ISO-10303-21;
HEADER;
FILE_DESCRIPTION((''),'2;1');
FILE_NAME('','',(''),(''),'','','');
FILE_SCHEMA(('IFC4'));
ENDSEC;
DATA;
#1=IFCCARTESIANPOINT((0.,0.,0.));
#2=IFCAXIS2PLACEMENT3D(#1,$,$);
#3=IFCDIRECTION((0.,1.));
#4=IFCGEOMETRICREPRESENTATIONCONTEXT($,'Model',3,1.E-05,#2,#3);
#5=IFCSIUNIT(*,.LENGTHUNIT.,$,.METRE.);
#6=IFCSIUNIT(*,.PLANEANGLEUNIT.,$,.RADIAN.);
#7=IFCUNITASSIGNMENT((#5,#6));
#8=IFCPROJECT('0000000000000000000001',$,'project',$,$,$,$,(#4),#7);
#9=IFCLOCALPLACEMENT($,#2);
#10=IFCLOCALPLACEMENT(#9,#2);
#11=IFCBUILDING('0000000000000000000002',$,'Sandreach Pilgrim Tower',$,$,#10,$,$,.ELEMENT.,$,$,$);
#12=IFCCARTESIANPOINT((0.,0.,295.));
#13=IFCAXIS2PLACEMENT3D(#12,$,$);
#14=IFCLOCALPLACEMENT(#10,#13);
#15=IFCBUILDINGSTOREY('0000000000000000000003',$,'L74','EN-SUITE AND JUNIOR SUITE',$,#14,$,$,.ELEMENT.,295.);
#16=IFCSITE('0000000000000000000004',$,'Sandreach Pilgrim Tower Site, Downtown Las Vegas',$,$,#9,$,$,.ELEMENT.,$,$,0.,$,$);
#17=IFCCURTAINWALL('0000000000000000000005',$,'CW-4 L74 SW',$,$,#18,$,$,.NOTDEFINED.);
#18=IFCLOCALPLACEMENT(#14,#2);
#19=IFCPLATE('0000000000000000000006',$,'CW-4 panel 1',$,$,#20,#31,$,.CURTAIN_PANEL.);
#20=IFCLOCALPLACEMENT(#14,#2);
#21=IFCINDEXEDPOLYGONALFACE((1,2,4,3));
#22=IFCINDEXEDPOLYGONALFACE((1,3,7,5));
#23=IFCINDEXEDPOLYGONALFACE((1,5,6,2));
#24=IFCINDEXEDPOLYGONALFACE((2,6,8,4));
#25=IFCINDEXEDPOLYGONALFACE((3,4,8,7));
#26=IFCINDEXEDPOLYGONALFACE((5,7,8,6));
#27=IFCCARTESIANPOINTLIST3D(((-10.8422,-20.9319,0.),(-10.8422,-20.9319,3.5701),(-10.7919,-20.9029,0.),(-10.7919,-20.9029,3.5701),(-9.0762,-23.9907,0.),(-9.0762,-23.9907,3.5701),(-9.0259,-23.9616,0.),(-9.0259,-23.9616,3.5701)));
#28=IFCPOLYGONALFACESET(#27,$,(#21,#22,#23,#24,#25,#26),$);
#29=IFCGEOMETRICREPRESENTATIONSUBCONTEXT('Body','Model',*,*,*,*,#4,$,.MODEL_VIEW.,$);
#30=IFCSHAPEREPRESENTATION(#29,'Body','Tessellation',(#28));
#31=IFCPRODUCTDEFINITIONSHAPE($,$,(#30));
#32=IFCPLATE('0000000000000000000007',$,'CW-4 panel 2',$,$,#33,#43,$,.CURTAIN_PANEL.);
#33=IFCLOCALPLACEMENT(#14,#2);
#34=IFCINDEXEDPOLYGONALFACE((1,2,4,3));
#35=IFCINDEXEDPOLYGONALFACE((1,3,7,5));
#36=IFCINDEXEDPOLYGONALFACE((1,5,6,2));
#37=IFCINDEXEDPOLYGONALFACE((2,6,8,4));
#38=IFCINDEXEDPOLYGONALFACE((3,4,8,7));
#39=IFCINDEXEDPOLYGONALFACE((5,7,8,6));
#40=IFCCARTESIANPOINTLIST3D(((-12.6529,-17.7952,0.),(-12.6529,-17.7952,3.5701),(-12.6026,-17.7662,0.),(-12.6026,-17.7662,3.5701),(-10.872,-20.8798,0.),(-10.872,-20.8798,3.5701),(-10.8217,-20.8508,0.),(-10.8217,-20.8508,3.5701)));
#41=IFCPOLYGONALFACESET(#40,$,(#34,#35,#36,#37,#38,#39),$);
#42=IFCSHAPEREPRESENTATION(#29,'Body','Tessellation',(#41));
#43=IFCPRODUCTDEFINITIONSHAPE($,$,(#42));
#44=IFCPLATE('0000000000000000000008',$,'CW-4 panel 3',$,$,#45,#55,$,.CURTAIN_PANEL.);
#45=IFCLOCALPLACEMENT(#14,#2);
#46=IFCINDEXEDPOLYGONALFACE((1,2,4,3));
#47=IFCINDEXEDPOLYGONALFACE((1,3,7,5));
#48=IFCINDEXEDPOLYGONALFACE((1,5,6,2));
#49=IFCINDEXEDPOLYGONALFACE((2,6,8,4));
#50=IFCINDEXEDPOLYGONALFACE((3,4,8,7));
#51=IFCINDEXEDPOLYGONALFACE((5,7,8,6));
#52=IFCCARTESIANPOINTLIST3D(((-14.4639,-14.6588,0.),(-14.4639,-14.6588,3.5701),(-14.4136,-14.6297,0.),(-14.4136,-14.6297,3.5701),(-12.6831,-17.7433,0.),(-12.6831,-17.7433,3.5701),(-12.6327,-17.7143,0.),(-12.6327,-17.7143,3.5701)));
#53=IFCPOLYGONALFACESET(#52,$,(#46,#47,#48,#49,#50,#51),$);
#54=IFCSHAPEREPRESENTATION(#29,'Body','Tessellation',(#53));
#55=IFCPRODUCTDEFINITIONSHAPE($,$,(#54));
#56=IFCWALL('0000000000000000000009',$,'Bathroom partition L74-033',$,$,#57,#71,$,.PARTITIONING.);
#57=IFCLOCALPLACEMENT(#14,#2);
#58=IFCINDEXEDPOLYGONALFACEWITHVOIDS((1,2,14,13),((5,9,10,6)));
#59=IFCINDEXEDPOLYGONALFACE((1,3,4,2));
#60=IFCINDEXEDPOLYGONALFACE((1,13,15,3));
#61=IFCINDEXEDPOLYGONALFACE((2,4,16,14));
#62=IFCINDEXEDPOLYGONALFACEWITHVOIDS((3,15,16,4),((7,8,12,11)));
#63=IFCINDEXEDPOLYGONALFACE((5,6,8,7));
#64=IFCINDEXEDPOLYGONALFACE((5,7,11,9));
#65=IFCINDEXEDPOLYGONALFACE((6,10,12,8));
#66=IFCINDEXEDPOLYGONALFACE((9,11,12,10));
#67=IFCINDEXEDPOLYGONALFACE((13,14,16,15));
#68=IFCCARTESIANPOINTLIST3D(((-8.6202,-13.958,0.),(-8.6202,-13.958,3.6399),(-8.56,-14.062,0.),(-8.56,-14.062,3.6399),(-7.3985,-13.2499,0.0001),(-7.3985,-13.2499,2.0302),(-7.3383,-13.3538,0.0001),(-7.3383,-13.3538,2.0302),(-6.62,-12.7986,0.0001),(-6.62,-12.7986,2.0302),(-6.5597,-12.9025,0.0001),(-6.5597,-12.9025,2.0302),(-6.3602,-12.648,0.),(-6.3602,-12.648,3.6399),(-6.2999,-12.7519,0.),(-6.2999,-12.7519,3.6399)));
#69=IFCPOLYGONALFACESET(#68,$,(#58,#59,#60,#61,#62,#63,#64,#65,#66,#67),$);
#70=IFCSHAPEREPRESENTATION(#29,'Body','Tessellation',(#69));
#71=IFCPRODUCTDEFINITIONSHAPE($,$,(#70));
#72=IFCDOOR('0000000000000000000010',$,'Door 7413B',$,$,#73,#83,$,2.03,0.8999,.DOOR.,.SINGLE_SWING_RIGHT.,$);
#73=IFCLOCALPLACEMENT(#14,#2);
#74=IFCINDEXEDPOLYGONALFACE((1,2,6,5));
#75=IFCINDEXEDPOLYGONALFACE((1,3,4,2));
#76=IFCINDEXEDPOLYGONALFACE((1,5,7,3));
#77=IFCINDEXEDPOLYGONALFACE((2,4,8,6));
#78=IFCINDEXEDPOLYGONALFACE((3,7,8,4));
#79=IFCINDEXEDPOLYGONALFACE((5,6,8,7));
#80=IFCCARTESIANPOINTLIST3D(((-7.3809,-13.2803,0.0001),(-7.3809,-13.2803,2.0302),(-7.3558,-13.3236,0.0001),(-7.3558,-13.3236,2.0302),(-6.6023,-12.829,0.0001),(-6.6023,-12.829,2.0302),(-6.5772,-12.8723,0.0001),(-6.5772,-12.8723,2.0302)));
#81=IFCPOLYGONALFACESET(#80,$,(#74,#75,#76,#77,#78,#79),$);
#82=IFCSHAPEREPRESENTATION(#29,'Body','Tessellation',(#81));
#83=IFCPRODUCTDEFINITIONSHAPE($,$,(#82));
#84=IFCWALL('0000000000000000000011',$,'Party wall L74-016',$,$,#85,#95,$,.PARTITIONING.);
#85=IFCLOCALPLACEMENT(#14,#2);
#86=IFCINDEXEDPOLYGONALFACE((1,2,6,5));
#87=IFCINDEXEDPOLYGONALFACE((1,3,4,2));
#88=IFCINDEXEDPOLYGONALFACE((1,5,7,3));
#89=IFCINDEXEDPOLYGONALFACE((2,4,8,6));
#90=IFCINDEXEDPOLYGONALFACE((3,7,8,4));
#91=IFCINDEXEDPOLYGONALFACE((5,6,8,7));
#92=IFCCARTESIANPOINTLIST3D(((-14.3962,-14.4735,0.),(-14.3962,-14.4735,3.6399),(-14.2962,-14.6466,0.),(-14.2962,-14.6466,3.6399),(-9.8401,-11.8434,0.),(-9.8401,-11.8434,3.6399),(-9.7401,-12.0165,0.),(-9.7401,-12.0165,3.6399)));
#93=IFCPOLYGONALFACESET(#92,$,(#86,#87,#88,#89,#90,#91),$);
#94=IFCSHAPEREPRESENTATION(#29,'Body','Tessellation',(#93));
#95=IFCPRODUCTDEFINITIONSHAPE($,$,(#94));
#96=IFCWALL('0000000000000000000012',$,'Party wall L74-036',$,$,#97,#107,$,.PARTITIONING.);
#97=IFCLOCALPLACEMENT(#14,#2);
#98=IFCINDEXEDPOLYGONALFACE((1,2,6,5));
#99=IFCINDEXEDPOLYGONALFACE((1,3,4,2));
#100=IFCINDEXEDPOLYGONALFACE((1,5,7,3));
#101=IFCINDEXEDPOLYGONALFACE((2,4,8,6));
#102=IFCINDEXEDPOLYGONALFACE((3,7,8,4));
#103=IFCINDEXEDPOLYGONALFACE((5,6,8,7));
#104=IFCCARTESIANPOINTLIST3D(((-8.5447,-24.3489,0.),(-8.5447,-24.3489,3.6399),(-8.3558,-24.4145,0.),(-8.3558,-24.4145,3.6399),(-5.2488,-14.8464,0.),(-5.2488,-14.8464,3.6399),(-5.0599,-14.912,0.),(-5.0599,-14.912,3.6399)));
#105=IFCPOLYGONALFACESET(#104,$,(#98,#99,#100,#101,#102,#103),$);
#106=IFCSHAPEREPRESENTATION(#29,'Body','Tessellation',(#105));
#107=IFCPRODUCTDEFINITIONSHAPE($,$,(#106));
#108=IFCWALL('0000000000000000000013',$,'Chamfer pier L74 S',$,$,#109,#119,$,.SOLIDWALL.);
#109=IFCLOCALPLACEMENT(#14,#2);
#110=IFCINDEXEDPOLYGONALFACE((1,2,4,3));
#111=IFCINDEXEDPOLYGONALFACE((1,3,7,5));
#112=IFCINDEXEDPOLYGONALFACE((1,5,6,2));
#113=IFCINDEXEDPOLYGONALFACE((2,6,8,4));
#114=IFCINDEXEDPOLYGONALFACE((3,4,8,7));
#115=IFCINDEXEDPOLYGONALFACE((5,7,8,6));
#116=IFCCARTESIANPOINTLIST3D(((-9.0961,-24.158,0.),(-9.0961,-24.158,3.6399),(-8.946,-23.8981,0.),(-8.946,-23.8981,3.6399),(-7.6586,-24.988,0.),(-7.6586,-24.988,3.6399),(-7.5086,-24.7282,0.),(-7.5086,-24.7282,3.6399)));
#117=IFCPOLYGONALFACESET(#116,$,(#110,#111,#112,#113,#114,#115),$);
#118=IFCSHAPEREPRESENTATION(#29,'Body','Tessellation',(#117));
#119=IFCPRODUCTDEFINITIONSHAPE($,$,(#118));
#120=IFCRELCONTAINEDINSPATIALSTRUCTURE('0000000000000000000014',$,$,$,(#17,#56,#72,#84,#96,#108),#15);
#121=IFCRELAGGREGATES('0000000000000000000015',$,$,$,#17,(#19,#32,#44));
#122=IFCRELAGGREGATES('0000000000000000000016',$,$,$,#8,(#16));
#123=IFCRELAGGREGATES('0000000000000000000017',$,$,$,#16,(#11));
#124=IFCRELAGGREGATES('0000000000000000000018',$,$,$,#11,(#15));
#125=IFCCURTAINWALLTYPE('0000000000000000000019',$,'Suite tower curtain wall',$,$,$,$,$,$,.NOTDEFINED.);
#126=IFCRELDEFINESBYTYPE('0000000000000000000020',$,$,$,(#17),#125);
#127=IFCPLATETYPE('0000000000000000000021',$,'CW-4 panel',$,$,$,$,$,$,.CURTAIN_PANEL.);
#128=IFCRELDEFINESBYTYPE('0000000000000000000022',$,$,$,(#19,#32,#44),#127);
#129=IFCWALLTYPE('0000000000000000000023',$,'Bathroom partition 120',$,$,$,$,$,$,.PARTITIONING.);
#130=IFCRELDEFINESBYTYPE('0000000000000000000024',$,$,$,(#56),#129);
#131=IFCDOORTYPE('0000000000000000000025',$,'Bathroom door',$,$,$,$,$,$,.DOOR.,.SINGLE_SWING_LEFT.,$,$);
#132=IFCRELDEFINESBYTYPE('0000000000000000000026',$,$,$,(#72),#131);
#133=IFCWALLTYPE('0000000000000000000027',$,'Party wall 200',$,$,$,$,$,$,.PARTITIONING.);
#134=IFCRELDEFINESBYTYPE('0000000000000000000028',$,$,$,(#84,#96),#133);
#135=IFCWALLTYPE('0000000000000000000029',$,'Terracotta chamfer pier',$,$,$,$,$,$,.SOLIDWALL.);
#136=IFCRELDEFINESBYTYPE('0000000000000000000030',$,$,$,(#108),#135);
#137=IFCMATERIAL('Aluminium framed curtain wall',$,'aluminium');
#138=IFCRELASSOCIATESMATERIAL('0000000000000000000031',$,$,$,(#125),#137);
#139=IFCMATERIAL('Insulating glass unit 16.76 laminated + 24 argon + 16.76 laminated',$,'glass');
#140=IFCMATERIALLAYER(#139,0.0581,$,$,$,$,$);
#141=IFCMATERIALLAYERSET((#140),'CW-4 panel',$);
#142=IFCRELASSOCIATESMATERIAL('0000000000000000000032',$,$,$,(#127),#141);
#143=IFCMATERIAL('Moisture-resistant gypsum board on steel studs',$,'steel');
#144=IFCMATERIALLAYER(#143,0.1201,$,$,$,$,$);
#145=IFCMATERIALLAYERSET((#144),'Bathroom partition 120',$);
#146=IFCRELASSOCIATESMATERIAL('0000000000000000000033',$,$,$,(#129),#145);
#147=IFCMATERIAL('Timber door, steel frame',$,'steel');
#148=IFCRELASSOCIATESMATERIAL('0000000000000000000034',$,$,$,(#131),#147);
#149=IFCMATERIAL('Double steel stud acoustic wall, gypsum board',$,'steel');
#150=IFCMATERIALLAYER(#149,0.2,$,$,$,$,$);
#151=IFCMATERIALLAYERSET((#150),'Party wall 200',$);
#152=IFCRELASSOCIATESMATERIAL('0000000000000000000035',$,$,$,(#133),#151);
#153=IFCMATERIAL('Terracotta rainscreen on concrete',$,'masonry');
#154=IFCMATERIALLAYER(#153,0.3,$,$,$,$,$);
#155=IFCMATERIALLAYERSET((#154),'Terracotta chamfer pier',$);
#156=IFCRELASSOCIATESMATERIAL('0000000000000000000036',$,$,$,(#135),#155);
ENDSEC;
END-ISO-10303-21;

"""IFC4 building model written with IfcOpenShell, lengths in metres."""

from ifc_helpers import new_model, si_unit, direction, frame, frame_2d, origin, origin_2d, place, context, subcontext, project, spatial, rectangle, extrude, material, layer, layer_set, type_object, element, fill, aggregate, save


model = new_model("IFC4")

# Units and contexts
model_context = context("Model", 3, precision=1e-05, world=origin(), true_north=direction((0.0, 1.0)))
body_context = subcontext(model_context, "Body", "Model", "MODEL_VIEW")
ifc_project = project(units=[si_unit("LENGTHUNIT", "METRE"), si_unit("PLANEANGLEUNIT", "RADIAN")], contexts=[model_context])

# Site, building, storey
site_placement = place(None, origin())
site = spatial("IfcSite", under=ifc_project, at=site_placement, Name="Sandreach Pilgrim Tower Site, Downtown Las Vegas", CompositionType="ELEMENT", RefElevation=0.0)
building_placement = place(site_placement, origin())
building = spatial("IfcBuilding", under=site, at=building_placement, Name="Sandreach Pilgrim Tower", CompositionType="ELEMENT")
storey_placement = place(building_placement, frame((0.0, 0.0, 295.0)))
storey = spatial("IfcBuildingStorey", under=building, at=storey_placement, Name="L74", Description="EN-SUITE AND JUNIOR SUITE", CompositionType="ELEMENT", Elevation=295.0)

# Shared definitions
ifc_material_1 = material(Name="Aluminium framed curtain wall", Category="aluminium")
curtain_wall_type = type_object("IfcCurtainWallType", Name="Suite tower curtain wall", PredefinedType="NOTDEFINED", material=ifc_material_1)

# Curtain wall
curtain_wall_1_placement = place(storey_placement, origin())
curtain_wall_1 = element("IfcCurtainWall", 1, at=curtain_wall_1_placement, inside=storey, type_object=curtain_wall_type, Name="CW-4 L74 SW", PredefinedType="NOTDEFINED")

# Plates
ifc_material_2 = material(Name="Insulating glass unit 16.76 laminated + 24 argon + 16.76 laminated", Category="glass")
ifc_layer_1 = layer(ifc_material_2, 0.0581)
ifc_layer_set_1 = layer_set([ifc_layer_1], Name="CW-4 panel")
plate_type = type_object("IfcPlateType", Name="CW-4 panel", PredefinedType="CURTAIN_PANEL", material=ifc_layer_set_1)
plate_1_placement = place(storey_placement, frame((-9.9341, -22.4468, 0.0), z_axis=(0.0, 0.0, 1.0), x_axis=(-0.5, 0.866025, 0.0)))
plate_1 = element("IfcPlate", 2, at=plate_1_placement, type_object=plate_type, Name="CW-4 panel 1", PredefinedType="CURTAIN_PANEL", context=body_context, shape_type="SweptSolid", body=[
    extrude(rectangle(XDim=3.532, YDim=0.0581, at=origin_2d()), origin(), (0.0, 0.0, 1.0), 3.5701),
])
plate_2_placement = place(storey_placement, frame((-11.7373, -19.323, 0.0), z_axis=(0.0, 0.0, 1.0), x_axis=(-0.5, 0.866025, 0.0)))
plate_2 = element("IfcPlate", 3, at=plate_2_placement, type_object=plate_type, Name="CW-4 panel 2", PredefinedType="CURTAIN_PANEL", context=body_context, shape_type="SweptSolid", body=[
    extrude(rectangle(XDim=3.5618, YDim=0.0581, at=origin_2d()), origin(), (0.0, 0.0, 1.0), 3.5701),
])
plate_3_placement = place(storey_placement, frame((-13.5483, -16.1865, 0.0), z_axis=(0.0, 0.0, 1.0), x_axis=(-0.5, 0.866025, 0.0)))
plate_3 = element("IfcPlate", 4, at=plate_3_placement, type_object=plate_type, Name="CW-4 panel 3", PredefinedType="CURTAIN_PANEL", context=body_context, shape_type="SweptSolid", body=[
    extrude(rectangle(XDim=3.5618, YDim=0.0581, at=origin_2d()), origin(), (0.0, 0.0, 1.0), 3.5701),
])
aggregate(curtain_wall_1, [plate_1, plate_2, plate_3])

# Wall, opening, door
ifc_material_3 = material(Name="Moisture-resistant gypsum board on steel studs", Category="steel")
ifc_layer_2 = layer(ifc_material_3, 0.1201)
ifc_layer_set_2 = layer_set([ifc_layer_2], Name="Bathroom partition 120")
wall_type_1 = type_object("IfcWallType", Name="Bathroom partition 120", PredefinedType="PARTITIONING", material=ifc_layer_set_2)
wall_1_placement = place(storey_placement, frame((-8.5901, -14.01, 0.0), z_axis=(0.0, 0.0, 1.0), x_axis=(0.865155, 0.501504, 0.0)))
wall_1 = element("IfcWall", 5, at=wall_1_placement, inside=storey, type_object=wall_type_1, Name="Bathroom partition L74-033", PredefinedType="PARTITIONING", context=body_context, shape_type="SweptSolid", body=[
    extrude(rectangle(XDim=2.6123, YDim=0.1201, at=frame_2d((1.3062, 0.0))), origin(), (0.0, 0.0, 1.0), 3.6399),
])
opening_placement = place(wall_1_placement, frame((1.4121, 0.0, 0.0)))
opening = element("IfcOpeningElement", 6, at=opening_placement, cuts=wall_1, PredefinedType="OPENING", context=body_context, shape_type="SweptSolid", body=[
    extrude(rectangle(XDim=0.8999, YDim=2.03, at=frame_2d((0.45, 1.0151))), frame((0.0, 0.0601, 0.0), z_axis=(0.0, -1.0, 0.0), x_axis=(1.0, 0.0, 0.0)), (0.0, 0.0, 1.0), 0.1201),
])
ifc_material_4 = material(Name="Timber door, steel frame", Category="steel")
door_type = type_object("IfcDoorType", Name="Bathroom door", OperationType="SINGLE_SWING_LEFT", PredefinedType="DOOR", material=ifc_material_4)
door_placement = place(opening_placement, origin())
door = element("IfcDoor", 7, at=door_placement, inside=storey, type_object=door_type, Name="Door 7413B", OperationType="SINGLE_SWING_RIGHT", OverallHeight=2.03, OverallWidth=0.8999, PredefinedType="DOOR", context=body_context, shape_type="SweptSolid", body=[
    extrude(rectangle(XDim=0.8999, YDim=2.03, at=frame_2d((0.45, 1.0151))), frame((0.0, 0.0249, 0.0), z_axis=(0.0, -1.0, 0.0), x_axis=(1.0, 0.0, 0.0)), (0.0, 0.0, 1.0), 0.05),
])
fill(opening, door)

# Walls
ifc_material_5 = material(Name="Double steel stud acoustic wall, gypsum board", Category="steel")
ifc_layer_3 = layer(ifc_material_5, 0.2)
ifc_layer_set_3 = layer_set([ifc_layer_3], Name="Party wall 200")
wall_type_2 = type_object("IfcWallType", Name="Party wall 200", PredefinedType="PARTITIONING", material=ifc_layer_set_3)
wall_2_placement = place(storey_placement, frame((-14.3462, -14.5601, 0.0), z_axis=(0.0, 0.0, 1.0), x_axis=(0.866056, 0.499947, 0.0)))
element("IfcWall", 8, at=wall_2_placement, inside=storey, type_object=wall_type_2, Name="Party wall L74-016", PredefinedType="PARTITIONING", context=body_context, shape_type="SweptSolid", body=[
    extrude(rectangle(XDim=5.2607, YDim=0.2, at=frame_2d((2.6304, 0.0))), origin(), (0.0, 0.0, 1.0), 3.6399),
])
wall_3_placement = place(storey_placement, frame((-8.4502, -24.3816, 0.0), z_axis=(0.0, 0.0, 1.0), x_axis=(0.327696, 0.944783, 0.0)))
element("IfcWall", 9, at=wall_3_placement, inside=storey, type_object=wall_type_2, Name="Party wall L74-036", PredefinedType="PARTITIONING", context=body_context, shape_type="SweptSolid", body=[
    extrude(rectangle(XDim=10.0579, YDim=0.2, at=frame_2d((5.0288, 0.0))), origin(), (0.0, 0.0, 1.0), 3.6399),
])
ifc_material_6 = material(Name="Terracotta rainscreen on concrete", Category="masonry")
ifc_layer_4 = layer(ifc_material_6, 0.3)
ifc_layer_set_4 = layer_set([ifc_layer_4], Name="Terracotta chamfer pier")
wall_type_3 = type_object("IfcWallType", Name="Terracotta chamfer pier", PredefinedType="SOLIDWALL", material=ifc_layer_set_4)
wall_4_placement = place(storey_placement, frame((-7.5835, -24.8582, 0.0), z_axis=(0.0, 0.0, 1.0), x_axis=(-0.86599, 0.500062, 0.0)))
element("IfcWall", 10, at=wall_4_placement, inside=storey, type_object=wall_type_3, Name="Chamfer pier L74 S", PredefinedType="SOLIDWALL", context=body_context, shape_type="SweptSolid", body=[
    extrude(rectangle(XDim=1.6599, YDim=0.3, at=frame_2d((0.8301, 0.0))), origin(), (0.0, 0.0, 1.0), 3.6399),
])

save(model, "model.ifc")
